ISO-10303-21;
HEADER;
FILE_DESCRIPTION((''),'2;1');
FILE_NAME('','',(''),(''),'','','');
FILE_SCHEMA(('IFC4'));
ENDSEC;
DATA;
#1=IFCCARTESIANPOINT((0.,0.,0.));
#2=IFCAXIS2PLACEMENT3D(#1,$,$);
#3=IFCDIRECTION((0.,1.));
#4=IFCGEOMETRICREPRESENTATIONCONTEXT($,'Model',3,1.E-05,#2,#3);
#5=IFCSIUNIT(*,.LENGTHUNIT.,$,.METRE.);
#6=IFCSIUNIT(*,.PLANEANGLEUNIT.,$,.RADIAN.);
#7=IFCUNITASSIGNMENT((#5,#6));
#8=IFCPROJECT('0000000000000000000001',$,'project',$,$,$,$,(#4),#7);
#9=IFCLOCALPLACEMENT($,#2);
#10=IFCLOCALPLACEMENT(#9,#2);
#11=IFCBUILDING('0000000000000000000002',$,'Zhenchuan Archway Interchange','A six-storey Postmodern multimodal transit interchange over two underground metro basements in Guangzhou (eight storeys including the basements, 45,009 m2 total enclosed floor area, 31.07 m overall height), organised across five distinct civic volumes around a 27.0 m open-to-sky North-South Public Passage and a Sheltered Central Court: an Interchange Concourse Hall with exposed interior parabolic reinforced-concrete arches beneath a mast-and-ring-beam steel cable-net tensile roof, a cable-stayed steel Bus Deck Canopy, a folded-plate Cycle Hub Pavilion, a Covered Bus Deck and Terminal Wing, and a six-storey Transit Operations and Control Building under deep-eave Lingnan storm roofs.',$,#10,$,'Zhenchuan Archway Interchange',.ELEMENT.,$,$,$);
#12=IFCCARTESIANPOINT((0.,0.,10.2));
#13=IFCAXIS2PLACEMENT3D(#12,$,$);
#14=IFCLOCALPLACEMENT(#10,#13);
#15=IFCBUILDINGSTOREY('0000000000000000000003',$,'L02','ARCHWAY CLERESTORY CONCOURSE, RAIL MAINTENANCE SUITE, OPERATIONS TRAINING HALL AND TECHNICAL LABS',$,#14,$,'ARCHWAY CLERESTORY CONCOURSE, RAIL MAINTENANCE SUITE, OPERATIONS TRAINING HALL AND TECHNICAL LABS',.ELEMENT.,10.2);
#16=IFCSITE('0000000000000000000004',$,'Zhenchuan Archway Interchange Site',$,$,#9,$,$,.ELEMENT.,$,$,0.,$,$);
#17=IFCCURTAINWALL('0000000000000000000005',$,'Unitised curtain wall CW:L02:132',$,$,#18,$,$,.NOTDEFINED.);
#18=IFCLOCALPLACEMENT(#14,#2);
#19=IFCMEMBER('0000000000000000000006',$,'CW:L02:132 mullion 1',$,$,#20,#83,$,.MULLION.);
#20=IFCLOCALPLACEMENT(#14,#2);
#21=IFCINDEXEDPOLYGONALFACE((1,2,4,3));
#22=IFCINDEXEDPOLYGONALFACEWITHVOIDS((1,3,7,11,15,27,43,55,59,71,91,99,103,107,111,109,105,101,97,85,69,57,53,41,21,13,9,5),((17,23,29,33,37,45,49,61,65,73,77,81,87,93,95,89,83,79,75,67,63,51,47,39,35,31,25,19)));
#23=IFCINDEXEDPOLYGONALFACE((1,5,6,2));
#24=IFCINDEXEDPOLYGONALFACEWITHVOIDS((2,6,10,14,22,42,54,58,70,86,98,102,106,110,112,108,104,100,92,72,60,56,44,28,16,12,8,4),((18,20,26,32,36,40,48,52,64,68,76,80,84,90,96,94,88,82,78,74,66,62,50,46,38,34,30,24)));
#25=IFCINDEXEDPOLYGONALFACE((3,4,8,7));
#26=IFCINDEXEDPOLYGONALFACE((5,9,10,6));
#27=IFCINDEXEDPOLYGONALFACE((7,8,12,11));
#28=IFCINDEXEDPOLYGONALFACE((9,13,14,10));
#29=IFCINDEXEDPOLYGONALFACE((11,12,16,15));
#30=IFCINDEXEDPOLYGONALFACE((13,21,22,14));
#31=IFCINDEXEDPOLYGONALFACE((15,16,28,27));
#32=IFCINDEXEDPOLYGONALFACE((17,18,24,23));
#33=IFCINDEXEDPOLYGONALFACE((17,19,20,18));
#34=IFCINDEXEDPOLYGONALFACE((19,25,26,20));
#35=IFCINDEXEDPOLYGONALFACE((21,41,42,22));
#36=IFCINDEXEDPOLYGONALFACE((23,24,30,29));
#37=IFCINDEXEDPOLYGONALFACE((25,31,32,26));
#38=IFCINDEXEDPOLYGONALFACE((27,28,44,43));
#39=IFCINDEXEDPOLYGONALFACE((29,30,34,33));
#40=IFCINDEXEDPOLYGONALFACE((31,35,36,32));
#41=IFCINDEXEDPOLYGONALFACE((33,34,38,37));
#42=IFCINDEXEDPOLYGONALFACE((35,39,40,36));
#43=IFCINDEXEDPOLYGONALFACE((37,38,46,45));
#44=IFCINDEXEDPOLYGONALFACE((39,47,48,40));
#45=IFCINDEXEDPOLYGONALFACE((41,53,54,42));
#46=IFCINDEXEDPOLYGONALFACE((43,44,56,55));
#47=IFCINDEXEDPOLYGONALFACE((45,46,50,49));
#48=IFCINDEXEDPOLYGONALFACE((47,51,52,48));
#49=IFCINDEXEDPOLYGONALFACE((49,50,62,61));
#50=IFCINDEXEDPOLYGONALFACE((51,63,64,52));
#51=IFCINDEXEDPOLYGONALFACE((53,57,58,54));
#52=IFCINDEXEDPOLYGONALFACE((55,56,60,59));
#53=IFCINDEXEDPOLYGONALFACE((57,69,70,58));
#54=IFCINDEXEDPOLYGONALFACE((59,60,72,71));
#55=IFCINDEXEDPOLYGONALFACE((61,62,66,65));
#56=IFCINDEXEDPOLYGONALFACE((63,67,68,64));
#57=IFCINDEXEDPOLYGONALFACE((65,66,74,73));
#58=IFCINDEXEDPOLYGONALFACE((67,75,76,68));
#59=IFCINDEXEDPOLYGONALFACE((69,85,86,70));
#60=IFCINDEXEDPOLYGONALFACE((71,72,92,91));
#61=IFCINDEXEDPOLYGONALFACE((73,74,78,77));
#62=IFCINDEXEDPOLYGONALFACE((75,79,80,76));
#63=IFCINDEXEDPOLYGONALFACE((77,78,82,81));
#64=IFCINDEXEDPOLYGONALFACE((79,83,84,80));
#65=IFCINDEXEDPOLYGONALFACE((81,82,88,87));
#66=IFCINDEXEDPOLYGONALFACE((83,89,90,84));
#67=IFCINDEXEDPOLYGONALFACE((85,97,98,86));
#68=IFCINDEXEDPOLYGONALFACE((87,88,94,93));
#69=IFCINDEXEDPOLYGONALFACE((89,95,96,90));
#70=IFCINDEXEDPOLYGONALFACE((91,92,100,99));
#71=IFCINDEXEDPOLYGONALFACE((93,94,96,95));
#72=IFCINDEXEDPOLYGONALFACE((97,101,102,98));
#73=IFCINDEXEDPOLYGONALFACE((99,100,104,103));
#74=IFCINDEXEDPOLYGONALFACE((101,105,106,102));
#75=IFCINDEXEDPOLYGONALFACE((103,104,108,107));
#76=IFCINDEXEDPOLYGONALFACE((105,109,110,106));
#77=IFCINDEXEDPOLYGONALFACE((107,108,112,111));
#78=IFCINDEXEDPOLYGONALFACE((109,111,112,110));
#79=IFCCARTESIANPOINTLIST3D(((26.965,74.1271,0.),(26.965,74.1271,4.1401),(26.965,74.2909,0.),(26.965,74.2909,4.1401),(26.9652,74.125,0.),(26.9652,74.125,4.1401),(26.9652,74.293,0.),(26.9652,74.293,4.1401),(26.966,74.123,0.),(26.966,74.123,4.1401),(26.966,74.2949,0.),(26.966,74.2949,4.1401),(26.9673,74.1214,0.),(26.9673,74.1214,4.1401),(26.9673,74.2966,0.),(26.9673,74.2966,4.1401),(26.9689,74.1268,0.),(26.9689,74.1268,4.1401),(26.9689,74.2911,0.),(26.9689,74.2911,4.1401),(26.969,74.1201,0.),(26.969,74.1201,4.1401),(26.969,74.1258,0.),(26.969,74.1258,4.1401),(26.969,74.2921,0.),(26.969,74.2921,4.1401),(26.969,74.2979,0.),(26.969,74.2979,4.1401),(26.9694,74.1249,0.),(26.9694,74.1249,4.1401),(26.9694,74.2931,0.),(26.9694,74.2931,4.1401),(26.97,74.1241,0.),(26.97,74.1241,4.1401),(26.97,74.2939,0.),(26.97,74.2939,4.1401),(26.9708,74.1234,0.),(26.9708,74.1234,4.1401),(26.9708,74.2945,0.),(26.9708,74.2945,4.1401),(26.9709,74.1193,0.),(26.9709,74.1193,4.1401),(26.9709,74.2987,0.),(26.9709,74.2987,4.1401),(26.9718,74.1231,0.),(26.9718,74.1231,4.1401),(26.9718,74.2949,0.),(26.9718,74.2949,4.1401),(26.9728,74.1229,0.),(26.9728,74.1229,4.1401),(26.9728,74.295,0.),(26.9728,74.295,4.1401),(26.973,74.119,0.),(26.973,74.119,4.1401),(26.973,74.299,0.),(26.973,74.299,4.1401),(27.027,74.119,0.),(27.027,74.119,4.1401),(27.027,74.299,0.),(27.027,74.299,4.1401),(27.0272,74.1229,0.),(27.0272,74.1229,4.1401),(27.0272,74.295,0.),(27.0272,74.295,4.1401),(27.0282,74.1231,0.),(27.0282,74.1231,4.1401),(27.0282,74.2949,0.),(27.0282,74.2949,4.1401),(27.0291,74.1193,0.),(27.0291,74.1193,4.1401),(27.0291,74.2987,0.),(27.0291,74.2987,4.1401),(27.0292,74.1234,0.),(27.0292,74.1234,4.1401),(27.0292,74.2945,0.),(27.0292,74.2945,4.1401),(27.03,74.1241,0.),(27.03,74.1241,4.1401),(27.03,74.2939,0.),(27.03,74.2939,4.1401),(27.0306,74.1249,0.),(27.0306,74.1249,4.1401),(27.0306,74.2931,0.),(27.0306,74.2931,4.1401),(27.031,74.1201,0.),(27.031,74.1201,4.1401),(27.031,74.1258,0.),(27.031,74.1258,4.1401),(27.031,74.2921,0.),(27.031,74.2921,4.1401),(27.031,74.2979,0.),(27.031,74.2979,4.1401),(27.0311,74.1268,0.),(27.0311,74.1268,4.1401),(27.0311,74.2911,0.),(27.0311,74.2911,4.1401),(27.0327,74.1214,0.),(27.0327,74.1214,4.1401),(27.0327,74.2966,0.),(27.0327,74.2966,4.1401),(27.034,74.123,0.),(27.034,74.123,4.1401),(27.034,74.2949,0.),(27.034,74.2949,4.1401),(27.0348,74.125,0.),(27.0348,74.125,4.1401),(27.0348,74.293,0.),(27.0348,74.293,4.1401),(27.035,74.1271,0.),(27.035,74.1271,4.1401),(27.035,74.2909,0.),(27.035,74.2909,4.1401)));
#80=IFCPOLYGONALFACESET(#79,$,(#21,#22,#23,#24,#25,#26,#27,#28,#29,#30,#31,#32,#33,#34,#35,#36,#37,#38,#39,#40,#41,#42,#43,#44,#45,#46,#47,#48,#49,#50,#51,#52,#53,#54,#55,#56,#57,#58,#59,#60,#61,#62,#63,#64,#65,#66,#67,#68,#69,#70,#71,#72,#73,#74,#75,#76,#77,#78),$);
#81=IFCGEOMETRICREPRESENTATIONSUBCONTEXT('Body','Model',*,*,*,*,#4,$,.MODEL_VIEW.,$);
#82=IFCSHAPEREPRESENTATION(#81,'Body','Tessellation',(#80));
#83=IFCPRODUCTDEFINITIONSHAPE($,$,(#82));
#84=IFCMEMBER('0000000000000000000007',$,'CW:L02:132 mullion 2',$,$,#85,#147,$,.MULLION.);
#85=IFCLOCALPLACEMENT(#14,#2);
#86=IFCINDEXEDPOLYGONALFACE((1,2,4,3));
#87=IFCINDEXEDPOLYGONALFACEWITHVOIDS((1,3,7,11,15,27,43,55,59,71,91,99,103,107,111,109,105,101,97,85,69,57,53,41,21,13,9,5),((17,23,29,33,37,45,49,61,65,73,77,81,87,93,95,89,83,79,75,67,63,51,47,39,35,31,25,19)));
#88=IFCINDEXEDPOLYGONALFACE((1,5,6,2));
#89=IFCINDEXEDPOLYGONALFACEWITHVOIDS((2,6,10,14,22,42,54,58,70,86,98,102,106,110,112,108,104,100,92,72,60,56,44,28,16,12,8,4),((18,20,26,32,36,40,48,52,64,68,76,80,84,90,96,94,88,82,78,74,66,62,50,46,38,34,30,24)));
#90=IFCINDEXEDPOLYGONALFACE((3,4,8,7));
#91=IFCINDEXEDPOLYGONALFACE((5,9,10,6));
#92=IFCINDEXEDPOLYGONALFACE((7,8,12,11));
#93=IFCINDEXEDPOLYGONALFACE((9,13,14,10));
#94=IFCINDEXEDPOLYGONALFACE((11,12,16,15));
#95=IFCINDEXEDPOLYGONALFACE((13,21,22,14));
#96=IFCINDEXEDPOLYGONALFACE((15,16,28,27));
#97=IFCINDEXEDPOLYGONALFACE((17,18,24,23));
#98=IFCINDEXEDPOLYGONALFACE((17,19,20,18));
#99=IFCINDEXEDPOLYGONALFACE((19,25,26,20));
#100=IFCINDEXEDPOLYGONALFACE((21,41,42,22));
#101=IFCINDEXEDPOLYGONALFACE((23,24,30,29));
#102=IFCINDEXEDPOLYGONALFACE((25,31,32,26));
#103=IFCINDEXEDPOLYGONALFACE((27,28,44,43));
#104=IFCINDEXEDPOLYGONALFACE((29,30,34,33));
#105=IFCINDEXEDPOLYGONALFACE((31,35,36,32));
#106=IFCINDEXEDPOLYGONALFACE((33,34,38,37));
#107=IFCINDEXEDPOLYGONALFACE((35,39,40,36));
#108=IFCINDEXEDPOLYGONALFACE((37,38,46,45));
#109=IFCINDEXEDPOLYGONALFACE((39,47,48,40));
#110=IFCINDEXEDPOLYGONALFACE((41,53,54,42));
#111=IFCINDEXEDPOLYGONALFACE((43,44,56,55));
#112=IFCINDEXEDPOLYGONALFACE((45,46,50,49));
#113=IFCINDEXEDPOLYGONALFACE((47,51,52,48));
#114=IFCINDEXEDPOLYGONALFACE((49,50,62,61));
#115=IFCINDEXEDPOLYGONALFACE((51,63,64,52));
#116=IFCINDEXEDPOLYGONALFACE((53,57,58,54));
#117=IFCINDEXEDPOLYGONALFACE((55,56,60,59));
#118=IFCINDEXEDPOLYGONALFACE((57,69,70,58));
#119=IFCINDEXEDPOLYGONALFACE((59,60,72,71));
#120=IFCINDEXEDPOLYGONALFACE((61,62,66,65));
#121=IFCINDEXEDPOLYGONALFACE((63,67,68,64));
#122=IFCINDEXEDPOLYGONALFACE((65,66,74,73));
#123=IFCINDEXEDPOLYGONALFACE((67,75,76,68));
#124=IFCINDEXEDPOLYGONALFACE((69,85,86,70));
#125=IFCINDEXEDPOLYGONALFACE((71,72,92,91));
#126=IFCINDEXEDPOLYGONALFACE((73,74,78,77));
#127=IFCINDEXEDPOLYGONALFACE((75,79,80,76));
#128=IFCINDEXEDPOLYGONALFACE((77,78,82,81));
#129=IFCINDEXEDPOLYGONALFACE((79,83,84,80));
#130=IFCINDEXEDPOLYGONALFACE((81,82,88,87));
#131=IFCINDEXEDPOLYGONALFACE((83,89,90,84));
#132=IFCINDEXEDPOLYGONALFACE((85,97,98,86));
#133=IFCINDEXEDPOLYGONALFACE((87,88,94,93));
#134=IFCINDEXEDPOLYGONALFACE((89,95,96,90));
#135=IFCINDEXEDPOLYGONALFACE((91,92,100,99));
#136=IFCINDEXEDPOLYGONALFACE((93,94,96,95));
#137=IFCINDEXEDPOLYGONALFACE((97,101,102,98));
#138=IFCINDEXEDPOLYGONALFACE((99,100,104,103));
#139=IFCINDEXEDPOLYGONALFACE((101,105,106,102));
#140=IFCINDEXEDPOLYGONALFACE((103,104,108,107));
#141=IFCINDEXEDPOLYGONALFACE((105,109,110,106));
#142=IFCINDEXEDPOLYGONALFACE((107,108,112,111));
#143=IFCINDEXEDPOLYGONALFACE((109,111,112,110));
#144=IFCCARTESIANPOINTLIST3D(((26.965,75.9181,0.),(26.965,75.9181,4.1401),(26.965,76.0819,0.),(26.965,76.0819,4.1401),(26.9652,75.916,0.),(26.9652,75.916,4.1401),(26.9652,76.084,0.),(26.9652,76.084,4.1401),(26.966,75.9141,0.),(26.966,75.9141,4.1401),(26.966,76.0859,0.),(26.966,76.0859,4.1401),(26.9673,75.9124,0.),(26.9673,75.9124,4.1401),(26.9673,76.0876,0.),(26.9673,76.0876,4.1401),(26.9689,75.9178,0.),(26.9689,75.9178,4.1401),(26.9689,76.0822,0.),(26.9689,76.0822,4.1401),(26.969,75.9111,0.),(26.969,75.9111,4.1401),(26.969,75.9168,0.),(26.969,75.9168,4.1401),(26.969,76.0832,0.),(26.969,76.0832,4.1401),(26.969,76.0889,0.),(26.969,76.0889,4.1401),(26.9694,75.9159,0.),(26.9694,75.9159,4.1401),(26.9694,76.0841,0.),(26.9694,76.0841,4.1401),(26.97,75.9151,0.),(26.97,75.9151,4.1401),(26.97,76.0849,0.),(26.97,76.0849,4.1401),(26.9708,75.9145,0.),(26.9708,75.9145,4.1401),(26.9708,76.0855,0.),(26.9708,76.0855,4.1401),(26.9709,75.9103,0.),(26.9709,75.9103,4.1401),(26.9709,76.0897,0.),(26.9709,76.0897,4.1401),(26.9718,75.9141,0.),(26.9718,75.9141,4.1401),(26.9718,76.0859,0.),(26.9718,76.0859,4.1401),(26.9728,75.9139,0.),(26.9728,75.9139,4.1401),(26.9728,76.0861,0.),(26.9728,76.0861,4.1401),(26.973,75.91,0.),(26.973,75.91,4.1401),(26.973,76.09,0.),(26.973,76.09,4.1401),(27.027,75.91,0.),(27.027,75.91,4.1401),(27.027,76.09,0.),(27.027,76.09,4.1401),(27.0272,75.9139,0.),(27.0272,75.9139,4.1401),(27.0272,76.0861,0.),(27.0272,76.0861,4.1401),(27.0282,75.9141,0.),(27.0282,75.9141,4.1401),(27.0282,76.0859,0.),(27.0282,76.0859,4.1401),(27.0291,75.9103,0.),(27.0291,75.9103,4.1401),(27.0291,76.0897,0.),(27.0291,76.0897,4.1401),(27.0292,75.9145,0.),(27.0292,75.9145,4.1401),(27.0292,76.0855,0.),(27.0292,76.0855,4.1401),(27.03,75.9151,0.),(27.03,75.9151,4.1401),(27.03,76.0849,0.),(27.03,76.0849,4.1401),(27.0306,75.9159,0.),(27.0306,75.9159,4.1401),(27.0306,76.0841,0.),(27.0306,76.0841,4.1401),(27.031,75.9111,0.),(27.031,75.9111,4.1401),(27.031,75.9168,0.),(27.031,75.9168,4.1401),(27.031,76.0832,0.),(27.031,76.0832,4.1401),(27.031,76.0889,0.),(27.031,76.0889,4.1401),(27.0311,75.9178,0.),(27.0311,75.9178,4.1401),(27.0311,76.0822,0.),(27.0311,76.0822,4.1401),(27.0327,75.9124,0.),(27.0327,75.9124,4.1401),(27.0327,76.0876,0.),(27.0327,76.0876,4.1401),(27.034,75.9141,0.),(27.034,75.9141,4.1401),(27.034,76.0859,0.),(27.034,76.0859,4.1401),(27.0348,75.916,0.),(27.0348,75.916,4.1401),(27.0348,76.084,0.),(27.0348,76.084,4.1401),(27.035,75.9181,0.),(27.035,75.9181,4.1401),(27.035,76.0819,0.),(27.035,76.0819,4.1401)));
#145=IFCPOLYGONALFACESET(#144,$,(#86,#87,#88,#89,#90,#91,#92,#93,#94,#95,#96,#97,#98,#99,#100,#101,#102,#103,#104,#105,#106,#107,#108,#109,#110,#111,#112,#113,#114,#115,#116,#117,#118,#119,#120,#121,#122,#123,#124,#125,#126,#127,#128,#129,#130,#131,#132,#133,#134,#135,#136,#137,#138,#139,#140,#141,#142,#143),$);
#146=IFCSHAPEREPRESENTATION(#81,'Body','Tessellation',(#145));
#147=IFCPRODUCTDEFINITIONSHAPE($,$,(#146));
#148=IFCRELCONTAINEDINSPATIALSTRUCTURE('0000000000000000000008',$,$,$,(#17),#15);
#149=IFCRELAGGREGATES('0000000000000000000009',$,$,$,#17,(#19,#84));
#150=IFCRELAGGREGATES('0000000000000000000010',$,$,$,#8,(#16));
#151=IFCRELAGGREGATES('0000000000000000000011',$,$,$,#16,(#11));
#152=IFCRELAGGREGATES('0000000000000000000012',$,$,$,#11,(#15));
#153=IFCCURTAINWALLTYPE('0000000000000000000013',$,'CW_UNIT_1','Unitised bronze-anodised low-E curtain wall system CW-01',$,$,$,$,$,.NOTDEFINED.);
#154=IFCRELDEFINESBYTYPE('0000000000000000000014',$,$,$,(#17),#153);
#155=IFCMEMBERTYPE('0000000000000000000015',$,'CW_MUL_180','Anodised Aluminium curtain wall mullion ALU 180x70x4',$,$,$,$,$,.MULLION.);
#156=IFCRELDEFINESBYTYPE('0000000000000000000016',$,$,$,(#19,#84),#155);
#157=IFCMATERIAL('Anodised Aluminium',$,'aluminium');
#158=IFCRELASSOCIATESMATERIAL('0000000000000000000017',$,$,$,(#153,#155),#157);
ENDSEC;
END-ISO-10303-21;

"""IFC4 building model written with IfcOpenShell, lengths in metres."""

from ifc_helpers import new_model, si_unit, direction, frame, origin, origin_2d, place, context, subcontext, project, spatial, hollow_rectangle, extrude, material, material_profile, profile_set, type_object, element, aggregate, save


model = new_model("IFC4")

# Units and contexts
model_context = context("Model", 3, precision=1e-05, world=origin(), true_north=direction((0.0, 1.0)))
body_context = subcontext(model_context, "Body", "Model", "MODEL_VIEW")
ifc_project = project(units=[si_unit("LENGTHUNIT", "METRE"), si_unit("PLANEANGLEUNIT", "RADIAN")], contexts=[model_context])

# Site, building, storey
site_placement = place(None, origin())
site = spatial("IfcSite", under=ifc_project, at=site_placement, Name="Zhenchuan Archway Interchange Site", CompositionType="ELEMENT", RefElevation=0.0)
building_placement = place(site_placement, origin())
building = spatial("IfcBuilding", under=site, at=building_placement, Name="Zhenchuan Archway Interchange", Description="A six-storey Postmodern multimodal transit interchange over two underground metro basements in Guangzhou (eight storeys including the basements, 45,009 m2 total enclosed floor area, 31.07 m overall height), organised across five distinct civic volumes around a 27.0 m open-to-sky North-South Public Passage and a Sheltered Central Court: an Interchange Concourse Hall with exposed interior parabolic reinforced-concrete arches beneath a mast-and-ring-beam steel cable-net tensile roof, a cable-stayed steel Bus Deck Canopy, a folded-plate Cycle Hub Pavilion, a Covered Bus Deck and Terminal Wing, and a six-storey Transit Operations and Control Building under deep-eave Lingnan storm roofs.", LongName="Zhenchuan Archway Interchange", CompositionType="ELEMENT")
storey_placement = place(building_placement, frame((0.0, 0.0, 10.2)))
storey = spatial("IfcBuildingStorey", under=building, at=storey_placement, Name="L02", Description="ARCHWAY CLERESTORY CONCOURSE, RAIL MAINTENANCE SUITE, OPERATIONS TRAINING HALL AND TECHNICAL LABS", LongName="ARCHWAY CLERESTORY CONCOURSE, RAIL MAINTENANCE SUITE, OPERATIONS TRAINING HALL AND TECHNICAL LABS", CompositionType="ELEMENT", Elevation=10.2)

# Curtain wall, members
ifc_material_1 = material(Name="Anodised Aluminium", Category="aluminium")
curtain_wall_type = type_object("IfcCurtainWallType", Name="CW_UNIT_1", Description="Unitised bronze-anodised low-E curtain wall system CW-01", PredefinedType="NOTDEFINED", material=ifc_material_1)
curtain_wall_placement = place(storey_placement, origin())
curtain_wall = element("IfcCurtainWall", 1, at=curtain_wall_placement, inside=storey, type_object=curtain_wall_type, Name="Unitised curtain wall CW:L02:132", PredefinedType="NOTDEFINED")
ifc_material_profile_1 = material_profile(ifc_material_1, hollow_rectangle(XDim=0.0701, YDim=0.1799, WallThickness=0.0039, InnerFilletRadius=0.0039, OuterFilletRadius=0.0081, at=origin_2d()), Name="ALU 180x70x4")
ifc_profile_set_1 = profile_set([ifc_material_profile_1], Name="Anodised Aluminium")
member_type_1 = type_object("IfcMemberType", Name="CW_MUL_180", Description="Anodised Aluminium curtain wall mullion ALU 180x70x4", PredefinedType="MULLION", material=ifc_profile_set_1)
member_1_placement = place(storey_placement, frame((27.0, 74.209, 0.0), z_axis=(0.0, 0.0, 1.0), x_axis=(1.0, 0.0, 0.0)))
member_1 = element("IfcMember", 2, at=member_1_placement, type_object=member_type_1, Name="CW:L02:132 mullion 1", PredefinedType="MULLION", context=body_context, shape_type="SweptSolid", body=[
    extrude(hollow_rectangle(XDim=0.0701, YDim=0.1799, WallThickness=0.0039, InnerFilletRadius=0.0039, OuterFilletRadius=0.0081, at=origin_2d()), origin(), (0.0, 0.0, 1.0), 4.1401),
])
member_2_placement = place(storey_placement, frame((27.0, 76.0, 0.0), z_axis=(0.0, 0.0, 1.0), x_axis=(1.0, 0.0, 0.0)))
member_2 = element("IfcMember", 3, at=member_2_placement, type_object=member_type_1, Name="CW:L02:132 mullion 2", PredefinedType="MULLION", context=body_context, shape_type="SweptSolid", body=[
    extrude(hollow_rectangle(XDim=0.0701, YDim=0.1799, WallThickness=0.0039, InnerFilletRadius=0.0039, OuterFilletRadius=0.0081, at=origin_2d()), origin(), (0.0, 0.0, 1.0), 4.1401),
])

aggregate(curtain_wall, [member_1, member_2])

save(model, "model.ifc")
